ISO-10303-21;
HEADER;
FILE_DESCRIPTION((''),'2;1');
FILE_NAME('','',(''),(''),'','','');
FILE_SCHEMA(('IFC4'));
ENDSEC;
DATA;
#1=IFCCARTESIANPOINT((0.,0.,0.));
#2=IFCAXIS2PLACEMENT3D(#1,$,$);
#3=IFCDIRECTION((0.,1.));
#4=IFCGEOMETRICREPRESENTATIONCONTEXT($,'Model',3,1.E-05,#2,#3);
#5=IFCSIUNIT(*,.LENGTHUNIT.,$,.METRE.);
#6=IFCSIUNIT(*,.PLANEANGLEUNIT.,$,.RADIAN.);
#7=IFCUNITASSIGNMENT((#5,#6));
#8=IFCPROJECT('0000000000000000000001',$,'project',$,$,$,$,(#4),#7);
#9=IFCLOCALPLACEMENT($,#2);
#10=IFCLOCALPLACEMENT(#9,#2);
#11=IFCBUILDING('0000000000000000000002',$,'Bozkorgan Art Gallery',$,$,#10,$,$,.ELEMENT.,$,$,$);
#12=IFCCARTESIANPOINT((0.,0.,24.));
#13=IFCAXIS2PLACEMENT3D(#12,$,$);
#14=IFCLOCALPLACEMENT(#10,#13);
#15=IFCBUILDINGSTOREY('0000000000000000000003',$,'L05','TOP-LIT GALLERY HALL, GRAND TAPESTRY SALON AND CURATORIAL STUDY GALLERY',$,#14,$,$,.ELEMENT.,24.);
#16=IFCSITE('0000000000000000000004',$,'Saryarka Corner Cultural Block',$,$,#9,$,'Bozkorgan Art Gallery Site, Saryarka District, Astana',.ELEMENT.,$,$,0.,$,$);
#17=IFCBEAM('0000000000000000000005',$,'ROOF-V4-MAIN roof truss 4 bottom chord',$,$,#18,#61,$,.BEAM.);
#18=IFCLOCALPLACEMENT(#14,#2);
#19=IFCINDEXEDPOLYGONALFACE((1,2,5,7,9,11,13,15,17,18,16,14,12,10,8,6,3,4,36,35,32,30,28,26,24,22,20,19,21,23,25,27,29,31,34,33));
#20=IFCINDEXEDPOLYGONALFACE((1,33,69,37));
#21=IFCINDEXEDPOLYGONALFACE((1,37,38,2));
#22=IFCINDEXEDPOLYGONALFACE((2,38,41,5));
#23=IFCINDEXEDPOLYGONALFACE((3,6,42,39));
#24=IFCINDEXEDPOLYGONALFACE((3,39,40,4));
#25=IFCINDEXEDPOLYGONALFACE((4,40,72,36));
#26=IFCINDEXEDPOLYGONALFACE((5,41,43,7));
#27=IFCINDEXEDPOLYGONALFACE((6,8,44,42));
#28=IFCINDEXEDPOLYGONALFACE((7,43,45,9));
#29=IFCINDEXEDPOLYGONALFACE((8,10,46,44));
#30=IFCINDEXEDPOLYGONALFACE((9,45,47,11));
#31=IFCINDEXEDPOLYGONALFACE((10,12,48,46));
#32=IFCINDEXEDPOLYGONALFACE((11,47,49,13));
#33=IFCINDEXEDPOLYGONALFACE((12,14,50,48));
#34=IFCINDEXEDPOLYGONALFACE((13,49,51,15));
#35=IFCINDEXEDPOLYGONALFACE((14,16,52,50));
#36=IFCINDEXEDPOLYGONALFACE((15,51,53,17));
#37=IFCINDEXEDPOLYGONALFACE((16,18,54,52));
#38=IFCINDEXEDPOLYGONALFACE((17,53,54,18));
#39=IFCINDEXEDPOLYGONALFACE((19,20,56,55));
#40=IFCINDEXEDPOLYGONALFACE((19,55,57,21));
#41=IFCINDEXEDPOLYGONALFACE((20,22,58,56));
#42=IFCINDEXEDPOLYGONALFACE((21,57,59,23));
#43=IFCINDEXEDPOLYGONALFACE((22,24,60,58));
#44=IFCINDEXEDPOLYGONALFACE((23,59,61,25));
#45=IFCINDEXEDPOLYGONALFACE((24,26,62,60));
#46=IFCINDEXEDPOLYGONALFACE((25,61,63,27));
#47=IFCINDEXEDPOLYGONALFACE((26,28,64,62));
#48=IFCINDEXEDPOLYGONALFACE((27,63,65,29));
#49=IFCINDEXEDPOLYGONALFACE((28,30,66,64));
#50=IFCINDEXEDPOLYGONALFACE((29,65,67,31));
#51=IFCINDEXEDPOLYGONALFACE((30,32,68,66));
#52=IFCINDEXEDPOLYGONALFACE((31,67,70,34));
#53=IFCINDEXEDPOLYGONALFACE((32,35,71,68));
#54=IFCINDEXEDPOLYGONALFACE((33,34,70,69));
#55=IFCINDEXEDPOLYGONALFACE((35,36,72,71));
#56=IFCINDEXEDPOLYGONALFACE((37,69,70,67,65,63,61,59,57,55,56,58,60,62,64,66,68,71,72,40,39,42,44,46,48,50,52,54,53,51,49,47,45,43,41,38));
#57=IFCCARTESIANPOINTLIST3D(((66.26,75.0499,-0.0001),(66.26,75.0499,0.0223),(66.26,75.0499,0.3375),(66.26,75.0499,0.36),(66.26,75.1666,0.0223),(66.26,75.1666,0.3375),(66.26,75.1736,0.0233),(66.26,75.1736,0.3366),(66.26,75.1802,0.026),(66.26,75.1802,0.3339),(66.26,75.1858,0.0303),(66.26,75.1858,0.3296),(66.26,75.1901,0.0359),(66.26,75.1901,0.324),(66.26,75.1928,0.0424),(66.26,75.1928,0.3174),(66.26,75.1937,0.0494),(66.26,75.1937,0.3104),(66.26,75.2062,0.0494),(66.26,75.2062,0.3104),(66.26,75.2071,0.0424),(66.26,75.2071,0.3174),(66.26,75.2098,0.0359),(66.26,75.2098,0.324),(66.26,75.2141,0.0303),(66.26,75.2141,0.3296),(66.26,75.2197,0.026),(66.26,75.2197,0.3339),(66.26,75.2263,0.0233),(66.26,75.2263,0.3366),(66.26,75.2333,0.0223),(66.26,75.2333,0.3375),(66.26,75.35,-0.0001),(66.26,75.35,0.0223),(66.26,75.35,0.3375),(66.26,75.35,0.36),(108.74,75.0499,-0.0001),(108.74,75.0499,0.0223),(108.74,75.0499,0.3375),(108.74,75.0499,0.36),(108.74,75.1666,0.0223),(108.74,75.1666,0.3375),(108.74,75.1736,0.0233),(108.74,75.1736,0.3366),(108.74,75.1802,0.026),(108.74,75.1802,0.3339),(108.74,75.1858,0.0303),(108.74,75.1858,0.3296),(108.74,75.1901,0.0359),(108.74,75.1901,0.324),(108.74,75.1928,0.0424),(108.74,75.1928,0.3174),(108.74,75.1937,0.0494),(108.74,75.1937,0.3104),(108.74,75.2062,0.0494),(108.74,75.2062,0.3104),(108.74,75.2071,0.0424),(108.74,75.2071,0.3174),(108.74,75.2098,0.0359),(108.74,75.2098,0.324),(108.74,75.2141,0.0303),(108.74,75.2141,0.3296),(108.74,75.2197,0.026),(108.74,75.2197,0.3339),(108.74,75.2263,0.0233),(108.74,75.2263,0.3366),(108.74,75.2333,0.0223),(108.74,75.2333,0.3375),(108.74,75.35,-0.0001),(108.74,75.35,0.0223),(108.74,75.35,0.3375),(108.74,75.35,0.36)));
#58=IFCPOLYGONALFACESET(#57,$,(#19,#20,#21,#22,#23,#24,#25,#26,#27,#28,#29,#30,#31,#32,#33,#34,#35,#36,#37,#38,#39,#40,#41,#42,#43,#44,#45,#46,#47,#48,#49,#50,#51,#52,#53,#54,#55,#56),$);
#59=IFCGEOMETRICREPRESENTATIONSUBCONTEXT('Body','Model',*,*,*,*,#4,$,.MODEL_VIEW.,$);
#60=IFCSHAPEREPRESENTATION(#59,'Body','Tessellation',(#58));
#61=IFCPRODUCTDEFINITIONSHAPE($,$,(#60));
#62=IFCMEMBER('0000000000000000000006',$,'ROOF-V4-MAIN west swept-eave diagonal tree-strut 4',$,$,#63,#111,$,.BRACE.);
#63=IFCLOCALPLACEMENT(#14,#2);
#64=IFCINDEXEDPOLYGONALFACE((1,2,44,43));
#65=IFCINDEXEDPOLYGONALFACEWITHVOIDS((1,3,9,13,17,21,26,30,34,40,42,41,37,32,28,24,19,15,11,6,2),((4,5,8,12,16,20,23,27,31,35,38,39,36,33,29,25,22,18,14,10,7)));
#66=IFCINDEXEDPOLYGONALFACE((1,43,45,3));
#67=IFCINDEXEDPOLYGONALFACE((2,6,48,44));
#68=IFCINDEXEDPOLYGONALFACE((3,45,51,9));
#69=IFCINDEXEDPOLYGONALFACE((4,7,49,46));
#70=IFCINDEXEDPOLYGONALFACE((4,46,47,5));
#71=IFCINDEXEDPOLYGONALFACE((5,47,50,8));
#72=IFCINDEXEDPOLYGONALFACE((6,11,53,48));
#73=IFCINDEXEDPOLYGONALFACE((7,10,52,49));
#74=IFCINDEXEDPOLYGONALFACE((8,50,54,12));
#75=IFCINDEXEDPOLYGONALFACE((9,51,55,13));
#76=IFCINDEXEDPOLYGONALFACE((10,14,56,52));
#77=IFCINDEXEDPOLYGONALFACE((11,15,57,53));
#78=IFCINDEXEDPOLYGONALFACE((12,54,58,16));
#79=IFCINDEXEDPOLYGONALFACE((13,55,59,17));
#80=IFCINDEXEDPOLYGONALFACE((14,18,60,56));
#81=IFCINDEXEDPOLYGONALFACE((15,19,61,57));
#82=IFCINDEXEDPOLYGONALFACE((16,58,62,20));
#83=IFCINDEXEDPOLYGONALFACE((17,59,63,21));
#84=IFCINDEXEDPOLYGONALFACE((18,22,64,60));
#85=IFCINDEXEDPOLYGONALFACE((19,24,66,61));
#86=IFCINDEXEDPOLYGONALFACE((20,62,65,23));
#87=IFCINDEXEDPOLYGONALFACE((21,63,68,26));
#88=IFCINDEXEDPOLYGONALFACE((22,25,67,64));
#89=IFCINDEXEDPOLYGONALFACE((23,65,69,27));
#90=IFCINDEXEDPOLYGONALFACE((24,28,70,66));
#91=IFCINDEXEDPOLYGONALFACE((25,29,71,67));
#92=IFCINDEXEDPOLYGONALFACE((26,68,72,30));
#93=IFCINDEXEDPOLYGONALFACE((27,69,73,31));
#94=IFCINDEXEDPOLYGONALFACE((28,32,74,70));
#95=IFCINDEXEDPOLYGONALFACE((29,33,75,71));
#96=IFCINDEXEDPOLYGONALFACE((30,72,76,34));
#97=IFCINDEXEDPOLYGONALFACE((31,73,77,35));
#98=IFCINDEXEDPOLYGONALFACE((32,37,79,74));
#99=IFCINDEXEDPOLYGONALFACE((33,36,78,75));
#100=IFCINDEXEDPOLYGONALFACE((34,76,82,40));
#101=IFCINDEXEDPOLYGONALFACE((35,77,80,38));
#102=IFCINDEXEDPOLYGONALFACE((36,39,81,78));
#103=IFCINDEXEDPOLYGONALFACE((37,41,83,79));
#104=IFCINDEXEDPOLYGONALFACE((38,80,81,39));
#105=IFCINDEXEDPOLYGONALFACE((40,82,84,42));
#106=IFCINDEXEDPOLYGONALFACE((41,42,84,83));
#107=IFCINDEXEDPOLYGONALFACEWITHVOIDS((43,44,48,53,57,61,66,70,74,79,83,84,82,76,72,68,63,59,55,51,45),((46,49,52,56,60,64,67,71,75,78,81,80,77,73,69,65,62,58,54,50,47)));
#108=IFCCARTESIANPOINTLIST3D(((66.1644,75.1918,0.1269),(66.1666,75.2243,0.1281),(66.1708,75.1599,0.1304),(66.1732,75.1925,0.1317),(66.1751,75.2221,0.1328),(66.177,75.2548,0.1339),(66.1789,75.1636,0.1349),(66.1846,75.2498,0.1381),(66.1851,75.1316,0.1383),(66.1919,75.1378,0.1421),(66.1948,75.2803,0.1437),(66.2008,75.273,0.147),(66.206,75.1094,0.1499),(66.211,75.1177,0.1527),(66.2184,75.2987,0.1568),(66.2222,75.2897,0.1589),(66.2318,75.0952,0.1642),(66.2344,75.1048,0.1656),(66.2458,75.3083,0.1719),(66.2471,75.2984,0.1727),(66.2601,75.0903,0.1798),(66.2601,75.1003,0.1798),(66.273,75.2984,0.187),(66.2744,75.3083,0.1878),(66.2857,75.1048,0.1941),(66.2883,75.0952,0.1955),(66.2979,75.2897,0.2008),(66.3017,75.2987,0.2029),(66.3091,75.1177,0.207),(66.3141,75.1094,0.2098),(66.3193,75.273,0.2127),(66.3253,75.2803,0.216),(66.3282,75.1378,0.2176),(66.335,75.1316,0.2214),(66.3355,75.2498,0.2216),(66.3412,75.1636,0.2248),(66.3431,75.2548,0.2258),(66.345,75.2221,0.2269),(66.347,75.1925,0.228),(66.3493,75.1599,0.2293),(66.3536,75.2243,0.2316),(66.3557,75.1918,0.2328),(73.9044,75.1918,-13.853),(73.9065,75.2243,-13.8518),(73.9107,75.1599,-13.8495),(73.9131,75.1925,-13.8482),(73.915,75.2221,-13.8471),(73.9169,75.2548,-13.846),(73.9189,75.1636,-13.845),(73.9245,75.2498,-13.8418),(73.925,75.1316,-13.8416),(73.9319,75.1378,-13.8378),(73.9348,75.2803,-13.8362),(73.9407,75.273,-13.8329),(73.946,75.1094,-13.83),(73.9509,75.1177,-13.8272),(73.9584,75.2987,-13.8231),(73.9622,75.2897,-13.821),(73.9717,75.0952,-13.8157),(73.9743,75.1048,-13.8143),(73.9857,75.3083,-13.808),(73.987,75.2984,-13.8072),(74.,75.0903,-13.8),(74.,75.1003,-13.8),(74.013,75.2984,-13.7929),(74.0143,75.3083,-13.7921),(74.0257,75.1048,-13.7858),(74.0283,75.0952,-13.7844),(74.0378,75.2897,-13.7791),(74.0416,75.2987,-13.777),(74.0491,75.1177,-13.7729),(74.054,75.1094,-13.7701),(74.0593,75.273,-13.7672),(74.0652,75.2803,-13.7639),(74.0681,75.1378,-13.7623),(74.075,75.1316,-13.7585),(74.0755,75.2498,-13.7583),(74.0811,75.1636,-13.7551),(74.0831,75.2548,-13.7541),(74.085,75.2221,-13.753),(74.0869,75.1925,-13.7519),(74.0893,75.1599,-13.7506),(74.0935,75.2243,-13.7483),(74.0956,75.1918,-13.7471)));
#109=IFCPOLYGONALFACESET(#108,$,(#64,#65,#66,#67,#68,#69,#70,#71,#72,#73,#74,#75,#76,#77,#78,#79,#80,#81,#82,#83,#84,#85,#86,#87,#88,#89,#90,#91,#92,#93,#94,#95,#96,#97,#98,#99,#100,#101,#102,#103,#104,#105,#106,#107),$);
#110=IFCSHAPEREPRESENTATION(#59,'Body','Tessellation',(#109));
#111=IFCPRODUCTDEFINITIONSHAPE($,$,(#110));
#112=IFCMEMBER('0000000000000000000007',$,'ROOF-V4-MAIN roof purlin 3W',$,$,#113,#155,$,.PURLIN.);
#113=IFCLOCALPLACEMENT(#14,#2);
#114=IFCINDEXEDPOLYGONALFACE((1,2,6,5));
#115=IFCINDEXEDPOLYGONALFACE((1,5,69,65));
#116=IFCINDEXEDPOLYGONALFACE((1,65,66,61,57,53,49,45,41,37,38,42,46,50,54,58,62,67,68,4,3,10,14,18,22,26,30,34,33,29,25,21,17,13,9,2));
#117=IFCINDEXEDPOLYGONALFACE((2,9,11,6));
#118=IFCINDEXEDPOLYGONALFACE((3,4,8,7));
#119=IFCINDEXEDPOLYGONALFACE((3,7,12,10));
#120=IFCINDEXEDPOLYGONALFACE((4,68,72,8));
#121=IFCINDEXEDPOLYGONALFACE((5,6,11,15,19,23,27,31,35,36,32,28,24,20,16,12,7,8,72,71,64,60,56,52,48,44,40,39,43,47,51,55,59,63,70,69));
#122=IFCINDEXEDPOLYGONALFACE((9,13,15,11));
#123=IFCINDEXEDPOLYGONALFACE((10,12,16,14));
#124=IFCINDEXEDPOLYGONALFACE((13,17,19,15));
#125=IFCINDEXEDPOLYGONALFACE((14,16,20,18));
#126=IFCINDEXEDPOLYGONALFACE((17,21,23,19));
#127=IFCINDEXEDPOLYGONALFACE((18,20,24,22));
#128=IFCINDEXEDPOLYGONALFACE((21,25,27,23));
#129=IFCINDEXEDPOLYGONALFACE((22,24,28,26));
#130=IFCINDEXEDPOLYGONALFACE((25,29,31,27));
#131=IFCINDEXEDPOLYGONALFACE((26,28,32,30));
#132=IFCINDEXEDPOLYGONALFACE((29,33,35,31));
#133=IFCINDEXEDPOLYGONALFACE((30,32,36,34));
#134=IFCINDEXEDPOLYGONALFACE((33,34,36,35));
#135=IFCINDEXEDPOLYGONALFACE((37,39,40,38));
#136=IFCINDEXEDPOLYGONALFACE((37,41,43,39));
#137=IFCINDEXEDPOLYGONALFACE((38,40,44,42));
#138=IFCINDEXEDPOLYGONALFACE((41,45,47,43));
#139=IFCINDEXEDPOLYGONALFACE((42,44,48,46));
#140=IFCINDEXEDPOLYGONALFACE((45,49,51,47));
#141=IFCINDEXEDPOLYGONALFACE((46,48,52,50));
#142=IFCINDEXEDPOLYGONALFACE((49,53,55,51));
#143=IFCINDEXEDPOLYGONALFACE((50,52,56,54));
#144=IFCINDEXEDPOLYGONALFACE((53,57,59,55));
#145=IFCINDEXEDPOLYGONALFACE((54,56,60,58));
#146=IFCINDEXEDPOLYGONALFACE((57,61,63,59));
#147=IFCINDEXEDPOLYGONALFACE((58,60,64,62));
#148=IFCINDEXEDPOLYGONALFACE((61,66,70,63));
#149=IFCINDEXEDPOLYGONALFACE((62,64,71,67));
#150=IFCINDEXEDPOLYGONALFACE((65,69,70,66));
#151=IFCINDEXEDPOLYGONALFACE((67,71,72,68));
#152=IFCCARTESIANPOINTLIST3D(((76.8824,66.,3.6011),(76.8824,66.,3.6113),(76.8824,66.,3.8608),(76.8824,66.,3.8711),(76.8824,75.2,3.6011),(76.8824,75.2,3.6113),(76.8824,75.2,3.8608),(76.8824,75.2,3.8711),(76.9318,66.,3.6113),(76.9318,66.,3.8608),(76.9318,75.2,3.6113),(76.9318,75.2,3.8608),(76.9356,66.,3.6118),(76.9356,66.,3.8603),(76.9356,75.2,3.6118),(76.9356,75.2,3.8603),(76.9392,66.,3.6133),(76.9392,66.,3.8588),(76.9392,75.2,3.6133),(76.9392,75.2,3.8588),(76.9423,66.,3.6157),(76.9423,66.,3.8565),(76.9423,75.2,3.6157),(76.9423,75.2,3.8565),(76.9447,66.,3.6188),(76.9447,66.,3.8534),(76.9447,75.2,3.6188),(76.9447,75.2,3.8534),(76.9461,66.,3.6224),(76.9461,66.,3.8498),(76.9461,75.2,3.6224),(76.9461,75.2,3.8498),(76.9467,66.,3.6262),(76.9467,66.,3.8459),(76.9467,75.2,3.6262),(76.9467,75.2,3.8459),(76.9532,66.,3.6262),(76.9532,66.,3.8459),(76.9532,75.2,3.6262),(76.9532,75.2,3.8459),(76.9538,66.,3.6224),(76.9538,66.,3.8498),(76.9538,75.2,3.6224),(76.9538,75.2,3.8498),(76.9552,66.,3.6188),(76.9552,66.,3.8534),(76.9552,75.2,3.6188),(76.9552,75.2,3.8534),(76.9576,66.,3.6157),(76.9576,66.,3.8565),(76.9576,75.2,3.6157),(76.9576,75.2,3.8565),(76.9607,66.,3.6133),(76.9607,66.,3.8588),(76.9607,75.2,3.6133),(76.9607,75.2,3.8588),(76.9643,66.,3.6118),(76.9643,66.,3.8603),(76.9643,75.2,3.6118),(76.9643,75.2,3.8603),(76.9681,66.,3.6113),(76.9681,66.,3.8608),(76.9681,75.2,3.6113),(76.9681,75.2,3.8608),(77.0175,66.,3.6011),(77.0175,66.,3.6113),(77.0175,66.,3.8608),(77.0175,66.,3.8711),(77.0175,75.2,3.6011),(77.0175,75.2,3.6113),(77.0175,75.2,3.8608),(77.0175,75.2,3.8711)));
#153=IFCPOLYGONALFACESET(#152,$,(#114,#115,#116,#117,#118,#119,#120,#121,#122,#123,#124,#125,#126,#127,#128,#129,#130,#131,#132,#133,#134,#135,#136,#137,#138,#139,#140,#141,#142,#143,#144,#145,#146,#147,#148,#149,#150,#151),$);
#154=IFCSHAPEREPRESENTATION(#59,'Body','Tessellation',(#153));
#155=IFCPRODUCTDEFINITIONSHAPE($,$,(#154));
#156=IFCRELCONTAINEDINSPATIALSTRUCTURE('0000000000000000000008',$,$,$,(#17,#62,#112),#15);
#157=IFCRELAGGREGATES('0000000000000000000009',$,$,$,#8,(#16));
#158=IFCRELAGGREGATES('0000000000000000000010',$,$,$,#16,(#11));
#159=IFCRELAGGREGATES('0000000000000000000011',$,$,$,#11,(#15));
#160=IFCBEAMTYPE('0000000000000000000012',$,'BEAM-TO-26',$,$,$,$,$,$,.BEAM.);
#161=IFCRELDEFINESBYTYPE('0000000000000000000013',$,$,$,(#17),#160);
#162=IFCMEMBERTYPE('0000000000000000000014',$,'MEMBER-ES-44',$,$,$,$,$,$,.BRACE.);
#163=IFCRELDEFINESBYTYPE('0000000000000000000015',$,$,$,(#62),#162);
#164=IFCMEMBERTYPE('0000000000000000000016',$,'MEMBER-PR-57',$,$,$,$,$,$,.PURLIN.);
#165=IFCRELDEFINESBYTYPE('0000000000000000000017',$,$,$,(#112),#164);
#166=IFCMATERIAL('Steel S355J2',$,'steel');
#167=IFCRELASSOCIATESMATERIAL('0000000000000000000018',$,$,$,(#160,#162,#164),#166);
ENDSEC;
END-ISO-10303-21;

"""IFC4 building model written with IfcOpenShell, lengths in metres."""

from ifc_helpers import new_model, si_unit, direction, frame, origin, origin_2d, place, context, subcontext, project, spatial, hollow_circle, i_section, extrude, material, material_profile, profile_set, type_object, element, save


model = new_model("IFC4")

# Units and contexts
model_context = context("Model", 3, precision=1e-05, world=origin(), true_north=direction((0.0, 1.0)))
body_context = subcontext(model_context, "Body", "Model", "MODEL_VIEW")
ifc_project = project(units=[si_unit("LENGTHUNIT", "METRE"), si_unit("PLANEANGLEUNIT", "RADIAN")], contexts=[model_context])

# Site, building, storey
site_placement = place(None, origin())
site = spatial("IfcSite", under=ifc_project, at=site_placement, Name="Saryarka Corner Cultural Block", LongName="Bozkorgan Art Gallery Site, Saryarka District, Astana", CompositionType="ELEMENT", RefElevation=0.0)
building_placement = place(site_placement, origin())
building = spatial("IfcBuilding", under=site, at=building_placement, Name="Bozkorgan Art Gallery", CompositionType="ELEMENT")
storey_placement = place(building_placement, frame((0.0, 0.0, 24.0)))
storey = spatial("IfcBuildingStorey", under=building, at=storey_placement, Name="L05", Description="TOP-LIT GALLERY HALL, GRAND TAPESTRY SALON AND CURATORIAL STUDY GALLERY", CompositionType="ELEMENT", Elevation=24.0)

# Beam
ifc_material_1 = material(Name="Steel S355J2", Category="steel")
ifc_material_profile_1 = material_profile(ifc_material_1, i_section(OverallWidth=0.3, OverallDepth=0.3601, WebThickness=0.0125, FlangeThickness=0.0225, FilletRadius=0.0271, at=origin_2d()), Name="HEB 360")
ifc_profile_set_1 = profile_set([ifc_material_profile_1], Name="Steel S355J2")
beam_type = type_object("IfcBeamType", Name="BEAM-TO-26", PredefinedType="BEAM", material=ifc_profile_set_1)
beam_placement = place(storey_placement, frame((66.26, 75.2, 0.1799), z_axis=(1.0, 0.0, 0.0), x_axis=(0.0, 1.0, 0.0)))
element("IfcBeam", 1, at=beam_placement, inside=storey, type_object=beam_type, Name="ROOF-V4-MAIN roof truss 4 bottom chord", PredefinedType="BEAM", context=body_context, shape_type="SweptSolid", body=[
    extrude(i_section(OverallWidth=0.3, OverallDepth=0.3601, WebThickness=0.0125, FlangeThickness=0.0225, FilletRadius=0.0271, at=origin_2d()), origin(), (0.0, 0.0, 1.0), 42.48),
])

# Members
ifc_material_profile_2 = material_profile(ifc_material_1, hollow_circle(Radius=0.1096, WallThickness=0.01, at=origin_2d()), Name="CHS 219.1x10")
ifc_profile_set_2 = profile_set([ifc_material_profile_2], Name="Steel S355J2")
member_type_1 = type_object("IfcMemberType", Name="MEMBER-ES-44", PredefinedType="BRACE", material=ifc_profile_set_2)
member_1_placement = place(storey_placement, frame((74.0, 75.2, -13.8), z_axis=(-0.484367, 0.0, 0.874865), x_axis=(0.0, -1.0, 0.0)))
element("IfcMember", 2, at=member_1_placement, inside=storey, type_object=member_type_1, Name="ROOF-V4-MAIN west swept-eave diagonal tree-strut 4", PredefinedType="BRACE", context=body_context, shape_type="SweptSolid", body=[
    extrude(hollow_circle(Radius=0.1096, WallThickness=0.01, at=origin_2d()), origin(), (0.0, 0.0, 1.0), 15.9795),
])
ifc_material_profile_3 = material_profile(ifc_material_1, i_section(OverallWidth=0.135, OverallDepth=0.27, WebThickness=0.0066, FlangeThickness=0.0103, FilletRadius=0.0149, at=origin_2d()), Name="IPE 270")
ifc_profile_set_3 = profile_set([ifc_material_profile_3], Name="Steel S355J2")
member_type_2 = type_object("IfcMemberType", Name="MEMBER-PR-57", PredefinedType="PURLIN", material=ifc_profile_set_3)
member_2_placement = place(storey_placement, frame((76.95, 66.0, 3.7361), z_axis=(0.0, 1.0, 0.0), x_axis=(-1.0, 0.0, 0.0)))
element("IfcMember", 3, at=member_2_placement, inside=storey, type_object=member_type_2, Name="ROOF-V4-MAIN roof purlin 3W", PredefinedType="PURLIN", context=body_context, shape_type="SweptSolid", body=[
    extrude(i_section(OverallWidth=0.135, OverallDepth=0.27, WebThickness=0.0066, FlangeThickness=0.0103, FilletRadius=0.0149, at=origin_2d()), origin(), (0.0, 0.0, 1.0), 9.2),
])

save(model, "model.ifc")
